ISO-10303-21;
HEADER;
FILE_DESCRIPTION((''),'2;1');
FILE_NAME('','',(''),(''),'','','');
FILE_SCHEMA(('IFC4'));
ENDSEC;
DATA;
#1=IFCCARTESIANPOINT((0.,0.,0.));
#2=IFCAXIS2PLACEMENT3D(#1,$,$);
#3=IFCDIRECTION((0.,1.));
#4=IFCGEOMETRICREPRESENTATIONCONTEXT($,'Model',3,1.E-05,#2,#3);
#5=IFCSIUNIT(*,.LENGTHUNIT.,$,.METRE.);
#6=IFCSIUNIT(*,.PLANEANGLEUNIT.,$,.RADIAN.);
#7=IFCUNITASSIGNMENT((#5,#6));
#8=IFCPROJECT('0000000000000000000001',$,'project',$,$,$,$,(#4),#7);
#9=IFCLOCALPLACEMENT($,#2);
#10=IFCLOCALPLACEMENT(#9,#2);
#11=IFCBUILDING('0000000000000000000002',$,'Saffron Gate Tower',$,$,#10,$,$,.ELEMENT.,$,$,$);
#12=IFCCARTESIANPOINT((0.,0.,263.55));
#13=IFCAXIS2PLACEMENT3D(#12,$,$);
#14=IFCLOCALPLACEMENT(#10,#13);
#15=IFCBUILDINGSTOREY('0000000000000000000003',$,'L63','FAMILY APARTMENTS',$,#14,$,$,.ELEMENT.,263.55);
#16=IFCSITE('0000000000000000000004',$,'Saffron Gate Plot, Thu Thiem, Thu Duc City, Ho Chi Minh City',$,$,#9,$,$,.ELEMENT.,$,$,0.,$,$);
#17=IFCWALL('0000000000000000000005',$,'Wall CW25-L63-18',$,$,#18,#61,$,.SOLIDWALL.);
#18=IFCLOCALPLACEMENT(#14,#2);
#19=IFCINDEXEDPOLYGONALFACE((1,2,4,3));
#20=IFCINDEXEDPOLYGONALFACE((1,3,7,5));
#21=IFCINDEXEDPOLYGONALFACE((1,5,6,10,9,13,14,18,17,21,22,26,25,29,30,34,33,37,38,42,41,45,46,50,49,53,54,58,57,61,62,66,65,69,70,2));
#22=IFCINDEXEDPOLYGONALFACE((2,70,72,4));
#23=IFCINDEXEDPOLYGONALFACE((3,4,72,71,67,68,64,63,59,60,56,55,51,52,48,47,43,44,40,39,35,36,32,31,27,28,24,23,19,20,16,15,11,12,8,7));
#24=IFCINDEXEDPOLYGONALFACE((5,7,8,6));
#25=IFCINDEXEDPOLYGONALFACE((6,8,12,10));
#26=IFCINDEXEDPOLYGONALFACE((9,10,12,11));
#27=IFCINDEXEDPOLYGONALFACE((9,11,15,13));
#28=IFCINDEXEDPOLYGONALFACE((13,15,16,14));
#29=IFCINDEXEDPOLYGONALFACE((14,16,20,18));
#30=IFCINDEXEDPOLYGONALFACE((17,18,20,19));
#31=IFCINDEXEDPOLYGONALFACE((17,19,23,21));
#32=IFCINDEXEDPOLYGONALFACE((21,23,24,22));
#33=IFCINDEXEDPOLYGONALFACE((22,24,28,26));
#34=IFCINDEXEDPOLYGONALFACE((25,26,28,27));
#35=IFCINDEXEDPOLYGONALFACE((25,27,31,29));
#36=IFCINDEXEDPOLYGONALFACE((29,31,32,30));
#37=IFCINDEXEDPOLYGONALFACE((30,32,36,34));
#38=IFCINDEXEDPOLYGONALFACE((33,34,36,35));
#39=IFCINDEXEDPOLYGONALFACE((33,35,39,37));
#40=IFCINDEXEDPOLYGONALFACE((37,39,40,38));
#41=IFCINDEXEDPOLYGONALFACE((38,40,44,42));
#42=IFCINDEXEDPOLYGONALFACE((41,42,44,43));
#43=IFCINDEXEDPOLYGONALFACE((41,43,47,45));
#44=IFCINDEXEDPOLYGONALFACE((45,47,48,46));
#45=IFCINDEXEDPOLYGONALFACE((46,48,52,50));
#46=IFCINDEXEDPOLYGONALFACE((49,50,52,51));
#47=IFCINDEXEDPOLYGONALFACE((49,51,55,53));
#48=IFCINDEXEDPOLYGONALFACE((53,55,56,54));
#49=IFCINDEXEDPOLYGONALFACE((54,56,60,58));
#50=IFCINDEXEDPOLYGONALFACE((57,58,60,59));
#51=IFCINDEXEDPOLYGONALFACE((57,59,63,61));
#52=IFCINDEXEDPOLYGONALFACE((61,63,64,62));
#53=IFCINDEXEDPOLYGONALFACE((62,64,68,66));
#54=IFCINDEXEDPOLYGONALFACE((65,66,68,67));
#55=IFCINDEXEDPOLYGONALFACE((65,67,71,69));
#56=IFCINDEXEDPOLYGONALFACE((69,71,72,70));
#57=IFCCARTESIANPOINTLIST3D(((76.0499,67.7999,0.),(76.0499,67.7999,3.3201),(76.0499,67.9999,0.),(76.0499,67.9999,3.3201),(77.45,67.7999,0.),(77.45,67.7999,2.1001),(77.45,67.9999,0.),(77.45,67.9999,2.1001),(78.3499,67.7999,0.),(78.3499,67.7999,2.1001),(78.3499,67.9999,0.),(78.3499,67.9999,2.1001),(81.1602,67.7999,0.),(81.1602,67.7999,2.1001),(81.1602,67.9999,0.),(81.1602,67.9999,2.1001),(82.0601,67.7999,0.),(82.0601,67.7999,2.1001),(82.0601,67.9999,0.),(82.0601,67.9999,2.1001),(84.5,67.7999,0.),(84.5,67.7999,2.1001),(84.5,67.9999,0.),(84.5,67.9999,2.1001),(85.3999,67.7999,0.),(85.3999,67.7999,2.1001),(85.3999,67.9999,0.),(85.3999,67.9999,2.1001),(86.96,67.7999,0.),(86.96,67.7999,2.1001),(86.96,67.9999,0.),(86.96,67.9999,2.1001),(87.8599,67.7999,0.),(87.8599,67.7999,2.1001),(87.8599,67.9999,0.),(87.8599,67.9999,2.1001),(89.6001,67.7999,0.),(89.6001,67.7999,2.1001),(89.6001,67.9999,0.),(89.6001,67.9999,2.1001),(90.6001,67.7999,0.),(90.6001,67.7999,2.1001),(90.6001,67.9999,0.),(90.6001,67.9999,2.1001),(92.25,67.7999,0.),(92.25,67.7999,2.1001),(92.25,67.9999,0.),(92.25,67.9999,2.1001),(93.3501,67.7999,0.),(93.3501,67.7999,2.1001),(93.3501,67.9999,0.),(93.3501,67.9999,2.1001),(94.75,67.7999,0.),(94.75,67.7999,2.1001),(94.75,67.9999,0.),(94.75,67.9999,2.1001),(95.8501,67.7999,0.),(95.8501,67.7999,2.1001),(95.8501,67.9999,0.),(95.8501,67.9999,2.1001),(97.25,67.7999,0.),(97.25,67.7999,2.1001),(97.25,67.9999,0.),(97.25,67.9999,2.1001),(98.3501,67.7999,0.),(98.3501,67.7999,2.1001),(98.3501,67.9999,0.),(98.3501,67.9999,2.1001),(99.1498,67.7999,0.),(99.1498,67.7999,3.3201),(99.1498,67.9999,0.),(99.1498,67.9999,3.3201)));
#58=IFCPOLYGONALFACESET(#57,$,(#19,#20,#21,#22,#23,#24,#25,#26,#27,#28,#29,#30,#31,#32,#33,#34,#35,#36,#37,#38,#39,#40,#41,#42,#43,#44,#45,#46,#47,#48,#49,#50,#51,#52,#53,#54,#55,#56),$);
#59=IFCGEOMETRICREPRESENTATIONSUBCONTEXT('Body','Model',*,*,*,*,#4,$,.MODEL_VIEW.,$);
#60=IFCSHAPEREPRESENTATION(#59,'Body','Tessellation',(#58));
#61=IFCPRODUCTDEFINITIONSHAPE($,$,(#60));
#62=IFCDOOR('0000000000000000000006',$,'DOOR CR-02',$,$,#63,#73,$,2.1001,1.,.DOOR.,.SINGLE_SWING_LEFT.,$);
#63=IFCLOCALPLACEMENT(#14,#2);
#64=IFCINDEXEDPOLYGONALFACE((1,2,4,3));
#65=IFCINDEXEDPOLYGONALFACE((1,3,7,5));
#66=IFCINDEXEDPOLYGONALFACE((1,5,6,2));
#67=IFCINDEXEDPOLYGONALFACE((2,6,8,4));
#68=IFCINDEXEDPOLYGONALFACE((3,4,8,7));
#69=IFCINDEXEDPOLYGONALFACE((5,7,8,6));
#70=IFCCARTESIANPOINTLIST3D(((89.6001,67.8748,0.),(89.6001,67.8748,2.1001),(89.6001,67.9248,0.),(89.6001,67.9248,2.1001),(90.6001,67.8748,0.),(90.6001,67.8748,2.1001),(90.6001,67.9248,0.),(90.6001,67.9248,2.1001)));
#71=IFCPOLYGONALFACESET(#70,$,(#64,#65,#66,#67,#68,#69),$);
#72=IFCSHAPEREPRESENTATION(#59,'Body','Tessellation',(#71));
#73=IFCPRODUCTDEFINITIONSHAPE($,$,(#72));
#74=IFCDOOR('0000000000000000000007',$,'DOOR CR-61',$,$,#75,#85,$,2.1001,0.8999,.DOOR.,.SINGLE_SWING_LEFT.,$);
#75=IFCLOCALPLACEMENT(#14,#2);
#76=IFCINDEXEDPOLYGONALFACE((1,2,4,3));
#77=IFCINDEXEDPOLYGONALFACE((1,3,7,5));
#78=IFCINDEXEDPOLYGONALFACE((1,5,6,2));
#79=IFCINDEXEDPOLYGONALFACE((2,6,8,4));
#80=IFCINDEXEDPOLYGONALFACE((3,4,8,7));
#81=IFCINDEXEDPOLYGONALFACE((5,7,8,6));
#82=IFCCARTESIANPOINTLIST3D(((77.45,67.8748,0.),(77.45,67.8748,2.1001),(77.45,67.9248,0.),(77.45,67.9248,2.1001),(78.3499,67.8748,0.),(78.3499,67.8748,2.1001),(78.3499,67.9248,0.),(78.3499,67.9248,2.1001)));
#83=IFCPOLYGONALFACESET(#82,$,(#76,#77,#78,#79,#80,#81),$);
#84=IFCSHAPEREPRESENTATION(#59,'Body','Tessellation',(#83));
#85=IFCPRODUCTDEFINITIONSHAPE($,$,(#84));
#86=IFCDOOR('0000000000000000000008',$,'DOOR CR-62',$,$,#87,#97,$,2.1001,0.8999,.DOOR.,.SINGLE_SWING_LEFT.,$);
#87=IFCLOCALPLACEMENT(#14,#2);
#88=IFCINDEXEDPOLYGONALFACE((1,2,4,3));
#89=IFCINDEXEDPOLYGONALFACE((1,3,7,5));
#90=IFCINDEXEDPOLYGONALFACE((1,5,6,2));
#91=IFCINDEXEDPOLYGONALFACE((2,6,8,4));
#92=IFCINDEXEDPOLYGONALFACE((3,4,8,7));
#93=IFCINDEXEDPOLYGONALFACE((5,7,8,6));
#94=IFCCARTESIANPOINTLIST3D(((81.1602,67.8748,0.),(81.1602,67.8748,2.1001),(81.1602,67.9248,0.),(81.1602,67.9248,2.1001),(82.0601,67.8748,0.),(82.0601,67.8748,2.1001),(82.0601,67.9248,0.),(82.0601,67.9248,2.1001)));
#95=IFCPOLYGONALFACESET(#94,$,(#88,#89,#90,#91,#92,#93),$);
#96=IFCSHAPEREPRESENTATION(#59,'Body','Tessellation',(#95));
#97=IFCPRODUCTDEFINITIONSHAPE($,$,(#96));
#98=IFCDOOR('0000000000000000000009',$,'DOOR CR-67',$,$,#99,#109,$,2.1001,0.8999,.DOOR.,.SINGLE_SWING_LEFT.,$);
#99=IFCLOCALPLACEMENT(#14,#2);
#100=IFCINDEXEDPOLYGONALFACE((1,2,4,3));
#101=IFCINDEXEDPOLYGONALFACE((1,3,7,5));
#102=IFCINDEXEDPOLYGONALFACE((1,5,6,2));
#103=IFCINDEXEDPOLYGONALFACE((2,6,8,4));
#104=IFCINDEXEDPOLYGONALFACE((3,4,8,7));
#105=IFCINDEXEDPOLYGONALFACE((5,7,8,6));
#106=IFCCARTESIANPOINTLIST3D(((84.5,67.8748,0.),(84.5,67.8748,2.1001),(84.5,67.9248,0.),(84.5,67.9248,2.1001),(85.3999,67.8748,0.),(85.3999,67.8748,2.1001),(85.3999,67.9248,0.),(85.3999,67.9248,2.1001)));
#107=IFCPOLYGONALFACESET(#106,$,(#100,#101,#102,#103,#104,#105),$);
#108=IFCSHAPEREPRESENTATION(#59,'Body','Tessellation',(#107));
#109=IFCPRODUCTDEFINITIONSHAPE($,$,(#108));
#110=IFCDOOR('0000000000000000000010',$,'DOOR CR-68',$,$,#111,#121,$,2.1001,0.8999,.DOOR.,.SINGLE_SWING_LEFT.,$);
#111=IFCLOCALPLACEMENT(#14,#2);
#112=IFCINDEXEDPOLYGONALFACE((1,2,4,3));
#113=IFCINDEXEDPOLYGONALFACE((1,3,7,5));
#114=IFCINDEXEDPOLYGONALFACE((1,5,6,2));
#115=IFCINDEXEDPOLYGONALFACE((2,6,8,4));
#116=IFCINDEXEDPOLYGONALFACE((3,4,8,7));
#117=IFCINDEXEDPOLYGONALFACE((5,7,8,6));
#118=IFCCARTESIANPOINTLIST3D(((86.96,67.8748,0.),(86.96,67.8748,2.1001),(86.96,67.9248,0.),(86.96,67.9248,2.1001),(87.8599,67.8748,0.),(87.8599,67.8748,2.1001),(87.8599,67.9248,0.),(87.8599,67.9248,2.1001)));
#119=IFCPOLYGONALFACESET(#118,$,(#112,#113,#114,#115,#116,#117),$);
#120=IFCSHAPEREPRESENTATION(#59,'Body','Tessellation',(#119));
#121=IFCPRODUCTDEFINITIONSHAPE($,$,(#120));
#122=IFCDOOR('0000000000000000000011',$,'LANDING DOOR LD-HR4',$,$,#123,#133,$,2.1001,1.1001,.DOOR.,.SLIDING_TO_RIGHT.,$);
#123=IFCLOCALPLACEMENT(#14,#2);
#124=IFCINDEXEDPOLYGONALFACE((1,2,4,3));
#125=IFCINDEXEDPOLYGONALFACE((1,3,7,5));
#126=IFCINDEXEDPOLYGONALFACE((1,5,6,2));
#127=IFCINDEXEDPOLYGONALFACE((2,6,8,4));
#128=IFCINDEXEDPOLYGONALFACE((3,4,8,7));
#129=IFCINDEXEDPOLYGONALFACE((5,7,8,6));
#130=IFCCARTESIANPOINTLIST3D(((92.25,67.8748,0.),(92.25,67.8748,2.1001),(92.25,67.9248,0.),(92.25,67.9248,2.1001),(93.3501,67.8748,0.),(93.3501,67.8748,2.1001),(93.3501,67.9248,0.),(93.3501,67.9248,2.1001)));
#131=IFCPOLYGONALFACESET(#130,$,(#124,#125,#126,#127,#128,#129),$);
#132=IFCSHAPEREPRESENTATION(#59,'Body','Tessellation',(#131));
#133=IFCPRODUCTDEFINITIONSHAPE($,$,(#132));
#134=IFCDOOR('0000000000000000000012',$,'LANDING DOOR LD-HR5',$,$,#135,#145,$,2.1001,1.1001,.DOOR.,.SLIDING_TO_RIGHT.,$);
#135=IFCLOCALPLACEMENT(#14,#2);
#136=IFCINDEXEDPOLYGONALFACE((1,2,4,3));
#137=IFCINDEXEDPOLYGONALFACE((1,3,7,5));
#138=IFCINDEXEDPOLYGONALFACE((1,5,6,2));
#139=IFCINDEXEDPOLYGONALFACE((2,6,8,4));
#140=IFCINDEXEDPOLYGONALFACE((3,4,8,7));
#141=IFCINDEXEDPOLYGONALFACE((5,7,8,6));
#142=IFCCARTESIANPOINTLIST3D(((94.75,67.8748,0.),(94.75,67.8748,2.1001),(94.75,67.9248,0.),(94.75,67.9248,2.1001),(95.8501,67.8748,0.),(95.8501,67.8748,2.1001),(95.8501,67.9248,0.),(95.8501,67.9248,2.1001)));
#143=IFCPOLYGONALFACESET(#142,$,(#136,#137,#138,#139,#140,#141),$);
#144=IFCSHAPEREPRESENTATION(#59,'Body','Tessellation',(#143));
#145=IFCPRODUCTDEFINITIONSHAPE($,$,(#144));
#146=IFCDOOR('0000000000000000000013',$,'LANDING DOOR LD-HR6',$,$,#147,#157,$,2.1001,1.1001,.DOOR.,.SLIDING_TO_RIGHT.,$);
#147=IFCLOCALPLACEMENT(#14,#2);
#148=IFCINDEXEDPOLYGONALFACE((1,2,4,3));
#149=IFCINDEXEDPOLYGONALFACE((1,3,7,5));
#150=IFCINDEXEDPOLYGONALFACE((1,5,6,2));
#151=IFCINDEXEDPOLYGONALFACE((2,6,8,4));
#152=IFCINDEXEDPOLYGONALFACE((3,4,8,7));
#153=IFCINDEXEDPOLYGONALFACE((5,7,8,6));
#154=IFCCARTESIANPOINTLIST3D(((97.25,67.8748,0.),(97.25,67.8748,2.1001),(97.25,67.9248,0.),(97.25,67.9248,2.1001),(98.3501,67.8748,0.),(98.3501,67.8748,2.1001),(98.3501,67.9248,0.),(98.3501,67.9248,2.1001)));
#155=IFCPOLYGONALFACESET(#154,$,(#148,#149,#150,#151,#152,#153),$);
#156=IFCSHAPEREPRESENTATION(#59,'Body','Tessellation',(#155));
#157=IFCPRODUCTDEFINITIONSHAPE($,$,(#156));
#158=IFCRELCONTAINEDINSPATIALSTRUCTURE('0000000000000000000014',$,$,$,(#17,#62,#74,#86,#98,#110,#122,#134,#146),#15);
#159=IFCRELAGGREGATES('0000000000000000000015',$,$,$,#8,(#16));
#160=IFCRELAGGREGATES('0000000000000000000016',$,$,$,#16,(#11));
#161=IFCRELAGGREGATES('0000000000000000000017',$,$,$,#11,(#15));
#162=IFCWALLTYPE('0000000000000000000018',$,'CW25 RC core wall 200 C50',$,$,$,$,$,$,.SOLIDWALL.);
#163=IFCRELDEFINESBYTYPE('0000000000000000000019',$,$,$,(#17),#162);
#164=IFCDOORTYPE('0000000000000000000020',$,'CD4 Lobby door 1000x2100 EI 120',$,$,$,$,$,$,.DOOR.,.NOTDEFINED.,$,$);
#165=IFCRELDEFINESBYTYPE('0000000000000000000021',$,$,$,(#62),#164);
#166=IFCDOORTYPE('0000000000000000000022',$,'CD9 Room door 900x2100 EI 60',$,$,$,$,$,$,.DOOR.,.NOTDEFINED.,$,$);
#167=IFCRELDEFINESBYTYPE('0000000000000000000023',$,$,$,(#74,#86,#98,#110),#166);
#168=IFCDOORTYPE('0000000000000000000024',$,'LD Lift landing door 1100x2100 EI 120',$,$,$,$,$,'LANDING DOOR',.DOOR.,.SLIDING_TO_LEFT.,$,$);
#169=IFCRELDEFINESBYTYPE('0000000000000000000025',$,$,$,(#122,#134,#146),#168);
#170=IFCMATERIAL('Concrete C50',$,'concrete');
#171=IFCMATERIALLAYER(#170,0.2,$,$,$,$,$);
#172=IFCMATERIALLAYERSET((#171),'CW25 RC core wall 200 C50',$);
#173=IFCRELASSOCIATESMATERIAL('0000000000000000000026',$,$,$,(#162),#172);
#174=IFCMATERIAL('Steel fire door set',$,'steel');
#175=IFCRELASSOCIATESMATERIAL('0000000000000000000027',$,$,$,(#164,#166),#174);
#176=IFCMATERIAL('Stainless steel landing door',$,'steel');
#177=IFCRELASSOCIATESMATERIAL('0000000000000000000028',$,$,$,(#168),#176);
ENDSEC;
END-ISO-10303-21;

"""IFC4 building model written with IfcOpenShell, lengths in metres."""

from ifc_helpers import new_model, si_unit, direction, frame, frame_2d, origin, place, context, subcontext, project, spatial, rectangle, extrude, material, layer, layer_set, type_object, element, fill, save


model = new_model("IFC4")

# Units and contexts
model_context = context("Model", 3, precision=1e-05, world=origin(), true_north=direction((0.0, 1.0)))
body_context = subcontext(model_context, "Body", "Model", "MODEL_VIEW")
ifc_project = project(units=[si_unit("LENGTHUNIT", "METRE"), si_unit("PLANEANGLEUNIT", "RADIAN")], contexts=[model_context])

# Site, building, storey
site_placement = place(None, origin())
site = spatial("IfcSite", under=ifc_project, at=site_placement, Name="Saffron Gate Plot, Thu Thiem, Thu Duc City, Ho Chi Minh City", CompositionType="ELEMENT", RefElevation=0.0)
building_placement = place(site_placement, origin())
building = spatial("IfcBuilding", under=site, at=building_placement, Name="Saffron Gate Tower", CompositionType="ELEMENT")
storey_placement = place(building_placement, frame((0.0, 0.0, 263.55)))
storey = spatial("IfcBuildingStorey", under=building, at=storey_placement, Name="L63", Description="FAMILY APARTMENTS", CompositionType="ELEMENT", Elevation=263.55)

# Shared definitions
ifc_material_1 = material(Name="Concrete C50", Category="concrete")

# Wall, openings, doors
ifc_layer_1 = layer(ifc_material_1, 0.2)
ifc_layer_set_1 = layer_set([ifc_layer_1], Name="CW25 RC core wall 200 C50")
wall_type_1 = type_object("IfcWallType", Name="CW25 RC core wall 200 C50", PredefinedType="SOLIDWALL", material=ifc_layer_set_1)
wall_1_placement = place(storey_placement, frame((76.05, 67.8999, 0.0), z_axis=(0.0, 0.0, 1.0), x_axis=(1.0, 0.0, 0.0)))
wall_1 = element("IfcWall", 1, at=wall_1_placement, inside=storey, type_object=wall_type_1, Name="Wall CW25-L63-18", PredefinedType="SOLIDWALL", context=body_context, shape_type="SweptSolid", body=[
    extrude(rectangle(XDim=23.0999, YDim=0.2, at=frame_2d((11.5498, 0.0))), origin(), (0.0, 0.0, 1.0), 3.3201),
])
opening_1_placement = place(wall_1_placement, frame((1.3999, 0.0, 0.0)))
opening_1 = element("IfcOpeningElement", 2, at=opening_1_placement, cuts=wall_1, PredefinedType="OPENING", context=body_context, shape_type="SweptSolid", body=[
    extrude(rectangle(XDim=0.8999, YDim=2.1001, at=frame_2d((0.45, 1.05))), frame((0.0, 0.1099, 0.0), z_axis=(0.0, -1.0, 0.0), x_axis=(1.0, 0.0, 0.0)), (0.0, 0.0, 1.0), 0.22),
])
opening_2_placement = place(wall_1_placement, frame((5.1101, 0.0, 0.0)))
opening_2 = element("IfcOpeningElement", 3, at=opening_2_placement, cuts=wall_1, PredefinedType="OPENING", context=body_context, shape_type="SweptSolid", body=[
    extrude(rectangle(XDim=0.8999, YDim=2.1001, at=frame_2d((0.45, 1.05))), frame((0.0, 0.1099, 0.0), z_axis=(0.0, -1.0, 0.0), x_axis=(1.0, 0.0, 0.0)), (0.0, 0.0, 1.0), 0.22),
])
opening_3_placement = place(wall_1_placement, frame((8.45, 0.0, 0.0)))
opening_3 = element("IfcOpeningElement", 4, at=opening_3_placement, cuts=wall_1, PredefinedType="OPENING", context=body_context, shape_type="SweptSolid", body=[
    extrude(rectangle(XDim=0.8999, YDim=2.1001, at=frame_2d((0.45, 1.05))), frame((0.0, 0.1099, 0.0), z_axis=(0.0, -1.0, 0.0), x_axis=(1.0, 0.0, 0.0)), (0.0, 0.0, 1.0), 0.22),
])
opening_4_placement = place(wall_1_placement, frame((10.9099, 0.0, 0.0)))
opening_4 = element("IfcOpeningElement", 5, at=opening_4_placement, cuts=wall_1, PredefinedType="OPENING", context=body_context, shape_type="SweptSolid", body=[
    extrude(rectangle(XDim=0.8999, YDim=2.1001, at=frame_2d((0.45, 1.05))), frame((0.0, 0.1099, 0.0), z_axis=(0.0, -1.0, 0.0), x_axis=(1.0, 0.0, 0.0)), (0.0, 0.0, 1.0), 0.22),
])
opening_5_placement = place(wall_1_placement, frame((13.55, 0.0, 0.0)))
opening_5 = element("IfcOpeningElement", 6, at=opening_5_placement, cuts=wall_1, PredefinedType="OPENING", context=body_context, shape_type="SweptSolid", body=[
    extrude(rectangle(XDim=1.0, YDim=2.1001, at=frame_2d((0.5, 1.05))), frame((0.0, 0.1099, 0.0), z_axis=(0.0, -1.0, 0.0), x_axis=(1.0, 0.0, 0.0)), (0.0, 0.0, 1.0), 0.22),
])
opening_6_placement = place(wall_1_placement, frame((16.2, 0.0, 0.0)))
opening_6 = element("IfcOpeningElement", 7, at=opening_6_placement, cuts=wall_1, PredefinedType="OPENING", context=body_context, shape_type="SweptSolid", body=[
    extrude(rectangle(XDim=1.1001, YDim=2.1001, at=frame_2d((0.55, 1.05))), frame((0.0, 0.1099, 0.0), z_axis=(0.0, -1.0, 0.0), x_axis=(1.0, 0.0, 0.0)), (0.0, 0.0, 1.0), 0.22),
])
opening_7_placement = place(wall_1_placement, frame((18.7, 0.0, 0.0)))
opening_7 = element("IfcOpeningElement", 8, at=opening_7_placement, cuts=wall_1, PredefinedType="OPENING", context=body_context, shape_type="SweptSolid", body=[
    extrude(rectangle(XDim=1.1001, YDim=2.1001, at=frame_2d((0.55, 1.05))), frame((0.0, 0.1099, 0.0), z_axis=(0.0, -1.0, 0.0), x_axis=(1.0, 0.0, 0.0)), (0.0, 0.0, 1.0), 0.22),
])
opening_8_placement = place(wall_1_placement, frame((21.2, 0.0, 0.0)))
opening_8 = element("IfcOpeningElement", 9, at=opening_8_placement, cuts=wall_1, PredefinedType="OPENING", context=body_context, shape_type="SweptSolid", body=[
    extrude(rectangle(XDim=1.1001, YDim=2.1001, at=frame_2d((0.55, 1.05))), frame((0.0, 0.1099, 0.0), z_axis=(0.0, -1.0, 0.0), x_axis=(1.0, 0.0, 0.0)), (0.0, 0.0, 1.0), 0.22),
])
ifc_material_2 = material(Name="Steel fire door set", Category="steel")
door_type_1 = type_object("IfcDoorType", Name="CD4 Lobby door 1000x2100 EI 120", OperationType="NOTDEFINED", PredefinedType="DOOR", material=ifc_material_2)
door_1_placement = place(opening_5_placement, origin())
door_1 = element("IfcDoor", 10, at=door_1_placement, inside=storey, type_object=door_type_1, Name="DOOR CR-02", OperationType="SINGLE_SWING_LEFT", OverallHeight=2.1001, OverallWidth=1.0, PredefinedType="DOOR", context=body_context, shape_type="SweptSolid", body=[
    extrude(rectangle(XDim=1.0, YDim=2.1001, at=frame_2d((0.5, 1.05))), frame((0.0, 0.0249, 0.0), z_axis=(0.0, -1.0, 0.0), x_axis=(1.0, 0.0, 0.0)), (0.0, 0.0, 1.0), 0.05),
])
fill(opening_5, door_1)
door_type_2 = type_object("IfcDoorType", Name="CD9 Room door 900x2100 EI 60", OperationType="NOTDEFINED", PredefinedType="DOOR", material=ifc_material_2)
door_2_placement = place(opening_1_placement, origin())
door_2 = element("IfcDoor", 11, at=door_2_placement, inside=storey, type_object=door_type_2, Name="DOOR CR-61", OperationType="SINGLE_SWING_LEFT", OverallHeight=2.1001, OverallWidth=0.8999, PredefinedType="DOOR", context=body_context, shape_type="SweptSolid", body=[
    extrude(rectangle(XDim=0.8999, YDim=2.1001, at=frame_2d((0.45, 1.05))), frame((0.0, 0.0249, 0.0), z_axis=(0.0, -1.0, 0.0), x_axis=(1.0, 0.0, 0.0)), (0.0, 0.0, 1.0), 0.05),
])
fill(opening_1, door_2)
door_3_placement = place(opening_2_placement, origin())
door_3 = element("IfcDoor", 12, at=door_3_placement, inside=storey, type_object=door_type_2, Name="DOOR CR-62", OperationType="SINGLE_SWING_LEFT", OverallHeight=2.1001, OverallWidth=0.8999, PredefinedType="DOOR", context=body_context, shape_type="SweptSolid", body=[
    extrude(rectangle(XDim=0.8999, YDim=2.1001, at=frame_2d((0.45, 1.05))), frame((0.0, 0.0249, 0.0), z_axis=(0.0, -1.0, 0.0), x_axis=(1.0, 0.0, 0.0)), (0.0, 0.0, 1.0), 0.05),
])
fill(opening_2, door_3)
door_4_placement = place(opening_3_placement, origin())
door_4 = element("IfcDoor", 13, at=door_4_placement, inside=storey, type_object=door_type_2, Name="DOOR CR-67", OperationType="SINGLE_SWING_LEFT", OverallHeight=2.1001, OverallWidth=0.8999, PredefinedType="DOOR", context=body_context, shape_type="SweptSolid", body=[
    extrude(rectangle(XDim=0.8999, YDim=2.1001, at=frame_2d((0.45, 1.05))), frame((0.0, 0.0249, 0.0), z_axis=(0.0, -1.0, 0.0), x_axis=(1.0, 0.0, 0.0)), (0.0, 0.0, 1.0), 0.05),
])
fill(opening_3, door_4)
door_5_placement = place(opening_4_placement, origin())
door_5 = element("IfcDoor", 14, at=door_5_placement, inside=storey, type_object=door_type_2, Name="DOOR CR-68", OperationType="SINGLE_SWING_LEFT", OverallHeight=2.1001, OverallWidth=0.8999, PredefinedType="DOOR", context=body_context, shape_type="SweptSolid", body=[
    extrude(rectangle(XDim=0.8999, YDim=2.1001, at=frame_2d((0.45, 1.05))), frame((0.0, 0.0249, 0.0), z_axis=(0.0, -1.0, 0.0), x_axis=(1.0, 0.0, 0.0)), (0.0, 0.0, 1.0), 0.05),
])
fill(opening_4, door_5)
ifc_material_3 = material(Name="Stainless steel landing door", Category="steel")
door_type_3 = type_object("IfcDoorType", Name="LD Lift landing door 1100x2100 EI 120", ElementType="LANDING DOOR", OperationType="SLIDING_TO_LEFT", PredefinedType="DOOR", material=ifc_material_3)
door_6_placement = place(opening_6_placement, origin())
door_6 = element("IfcDoor", 15, at=door_6_placement, inside=storey, type_object=door_type_3, Name="LANDING DOOR LD-HR4", OperationType="SLIDING_TO_RIGHT", OverallHeight=2.1001, OverallWidth=1.1001, PredefinedType="DOOR", context=body_context, shape_type="SweptSolid", body=[
    extrude(rectangle(XDim=1.1001, YDim=2.1001, at=frame_2d((0.55, 1.05))), frame((0.0, 0.0249, 0.0), z_axis=(0.0, -1.0, 0.0), x_axis=(1.0, 0.0, 0.0)), (0.0, 0.0, 1.0), 0.05),
])
fill(opening_6, door_6)
door_7_placement = place(opening_7_placement, origin())
door_7 = element("IfcDoor", 16, at=door_7_placement, inside=storey, type_object=door_type_3, Name="LANDING DOOR LD-HR5", OperationType="SLIDING_TO_RIGHT", OverallHeight=2.1001, OverallWidth=1.1001, PredefinedType="DOOR", context=body_context, shape_type="SweptSolid", body=[
    extrude(rectangle(XDim=1.1001, YDim=2.1001, at=frame_2d((0.55, 1.05))), frame((0.0, 0.0249, 0.0), z_axis=(0.0, -1.0, 0.0), x_axis=(1.0, 0.0, 0.0)), (0.0, 0.0, 1.0), 0.05),
])
fill(opening_7, door_7)
door_8_placement = place(opening_8_placement, origin())
door_8 = element("IfcDoor", 17, at=door_8_placement, inside=storey, type_object=door_type_3, Name="LANDING DOOR LD-HR6", OperationType="SLIDING_TO_RIGHT", OverallHeight=2.1001, OverallWidth=1.1001, PredefinedType="DOOR", context=body_context, shape_type="SweptSolid", body=[
    extrude(rectangle(XDim=1.1001, YDim=2.1001, at=frame_2d((0.55, 1.05))), frame((0.0, 0.0249, 0.0), z_axis=(0.0, -1.0, 0.0), x_axis=(1.0, 0.0, 0.0)), (0.0, 0.0, 1.0), 0.05),
])
fill(opening_8, door_8)

save(model, "model.ifc")
